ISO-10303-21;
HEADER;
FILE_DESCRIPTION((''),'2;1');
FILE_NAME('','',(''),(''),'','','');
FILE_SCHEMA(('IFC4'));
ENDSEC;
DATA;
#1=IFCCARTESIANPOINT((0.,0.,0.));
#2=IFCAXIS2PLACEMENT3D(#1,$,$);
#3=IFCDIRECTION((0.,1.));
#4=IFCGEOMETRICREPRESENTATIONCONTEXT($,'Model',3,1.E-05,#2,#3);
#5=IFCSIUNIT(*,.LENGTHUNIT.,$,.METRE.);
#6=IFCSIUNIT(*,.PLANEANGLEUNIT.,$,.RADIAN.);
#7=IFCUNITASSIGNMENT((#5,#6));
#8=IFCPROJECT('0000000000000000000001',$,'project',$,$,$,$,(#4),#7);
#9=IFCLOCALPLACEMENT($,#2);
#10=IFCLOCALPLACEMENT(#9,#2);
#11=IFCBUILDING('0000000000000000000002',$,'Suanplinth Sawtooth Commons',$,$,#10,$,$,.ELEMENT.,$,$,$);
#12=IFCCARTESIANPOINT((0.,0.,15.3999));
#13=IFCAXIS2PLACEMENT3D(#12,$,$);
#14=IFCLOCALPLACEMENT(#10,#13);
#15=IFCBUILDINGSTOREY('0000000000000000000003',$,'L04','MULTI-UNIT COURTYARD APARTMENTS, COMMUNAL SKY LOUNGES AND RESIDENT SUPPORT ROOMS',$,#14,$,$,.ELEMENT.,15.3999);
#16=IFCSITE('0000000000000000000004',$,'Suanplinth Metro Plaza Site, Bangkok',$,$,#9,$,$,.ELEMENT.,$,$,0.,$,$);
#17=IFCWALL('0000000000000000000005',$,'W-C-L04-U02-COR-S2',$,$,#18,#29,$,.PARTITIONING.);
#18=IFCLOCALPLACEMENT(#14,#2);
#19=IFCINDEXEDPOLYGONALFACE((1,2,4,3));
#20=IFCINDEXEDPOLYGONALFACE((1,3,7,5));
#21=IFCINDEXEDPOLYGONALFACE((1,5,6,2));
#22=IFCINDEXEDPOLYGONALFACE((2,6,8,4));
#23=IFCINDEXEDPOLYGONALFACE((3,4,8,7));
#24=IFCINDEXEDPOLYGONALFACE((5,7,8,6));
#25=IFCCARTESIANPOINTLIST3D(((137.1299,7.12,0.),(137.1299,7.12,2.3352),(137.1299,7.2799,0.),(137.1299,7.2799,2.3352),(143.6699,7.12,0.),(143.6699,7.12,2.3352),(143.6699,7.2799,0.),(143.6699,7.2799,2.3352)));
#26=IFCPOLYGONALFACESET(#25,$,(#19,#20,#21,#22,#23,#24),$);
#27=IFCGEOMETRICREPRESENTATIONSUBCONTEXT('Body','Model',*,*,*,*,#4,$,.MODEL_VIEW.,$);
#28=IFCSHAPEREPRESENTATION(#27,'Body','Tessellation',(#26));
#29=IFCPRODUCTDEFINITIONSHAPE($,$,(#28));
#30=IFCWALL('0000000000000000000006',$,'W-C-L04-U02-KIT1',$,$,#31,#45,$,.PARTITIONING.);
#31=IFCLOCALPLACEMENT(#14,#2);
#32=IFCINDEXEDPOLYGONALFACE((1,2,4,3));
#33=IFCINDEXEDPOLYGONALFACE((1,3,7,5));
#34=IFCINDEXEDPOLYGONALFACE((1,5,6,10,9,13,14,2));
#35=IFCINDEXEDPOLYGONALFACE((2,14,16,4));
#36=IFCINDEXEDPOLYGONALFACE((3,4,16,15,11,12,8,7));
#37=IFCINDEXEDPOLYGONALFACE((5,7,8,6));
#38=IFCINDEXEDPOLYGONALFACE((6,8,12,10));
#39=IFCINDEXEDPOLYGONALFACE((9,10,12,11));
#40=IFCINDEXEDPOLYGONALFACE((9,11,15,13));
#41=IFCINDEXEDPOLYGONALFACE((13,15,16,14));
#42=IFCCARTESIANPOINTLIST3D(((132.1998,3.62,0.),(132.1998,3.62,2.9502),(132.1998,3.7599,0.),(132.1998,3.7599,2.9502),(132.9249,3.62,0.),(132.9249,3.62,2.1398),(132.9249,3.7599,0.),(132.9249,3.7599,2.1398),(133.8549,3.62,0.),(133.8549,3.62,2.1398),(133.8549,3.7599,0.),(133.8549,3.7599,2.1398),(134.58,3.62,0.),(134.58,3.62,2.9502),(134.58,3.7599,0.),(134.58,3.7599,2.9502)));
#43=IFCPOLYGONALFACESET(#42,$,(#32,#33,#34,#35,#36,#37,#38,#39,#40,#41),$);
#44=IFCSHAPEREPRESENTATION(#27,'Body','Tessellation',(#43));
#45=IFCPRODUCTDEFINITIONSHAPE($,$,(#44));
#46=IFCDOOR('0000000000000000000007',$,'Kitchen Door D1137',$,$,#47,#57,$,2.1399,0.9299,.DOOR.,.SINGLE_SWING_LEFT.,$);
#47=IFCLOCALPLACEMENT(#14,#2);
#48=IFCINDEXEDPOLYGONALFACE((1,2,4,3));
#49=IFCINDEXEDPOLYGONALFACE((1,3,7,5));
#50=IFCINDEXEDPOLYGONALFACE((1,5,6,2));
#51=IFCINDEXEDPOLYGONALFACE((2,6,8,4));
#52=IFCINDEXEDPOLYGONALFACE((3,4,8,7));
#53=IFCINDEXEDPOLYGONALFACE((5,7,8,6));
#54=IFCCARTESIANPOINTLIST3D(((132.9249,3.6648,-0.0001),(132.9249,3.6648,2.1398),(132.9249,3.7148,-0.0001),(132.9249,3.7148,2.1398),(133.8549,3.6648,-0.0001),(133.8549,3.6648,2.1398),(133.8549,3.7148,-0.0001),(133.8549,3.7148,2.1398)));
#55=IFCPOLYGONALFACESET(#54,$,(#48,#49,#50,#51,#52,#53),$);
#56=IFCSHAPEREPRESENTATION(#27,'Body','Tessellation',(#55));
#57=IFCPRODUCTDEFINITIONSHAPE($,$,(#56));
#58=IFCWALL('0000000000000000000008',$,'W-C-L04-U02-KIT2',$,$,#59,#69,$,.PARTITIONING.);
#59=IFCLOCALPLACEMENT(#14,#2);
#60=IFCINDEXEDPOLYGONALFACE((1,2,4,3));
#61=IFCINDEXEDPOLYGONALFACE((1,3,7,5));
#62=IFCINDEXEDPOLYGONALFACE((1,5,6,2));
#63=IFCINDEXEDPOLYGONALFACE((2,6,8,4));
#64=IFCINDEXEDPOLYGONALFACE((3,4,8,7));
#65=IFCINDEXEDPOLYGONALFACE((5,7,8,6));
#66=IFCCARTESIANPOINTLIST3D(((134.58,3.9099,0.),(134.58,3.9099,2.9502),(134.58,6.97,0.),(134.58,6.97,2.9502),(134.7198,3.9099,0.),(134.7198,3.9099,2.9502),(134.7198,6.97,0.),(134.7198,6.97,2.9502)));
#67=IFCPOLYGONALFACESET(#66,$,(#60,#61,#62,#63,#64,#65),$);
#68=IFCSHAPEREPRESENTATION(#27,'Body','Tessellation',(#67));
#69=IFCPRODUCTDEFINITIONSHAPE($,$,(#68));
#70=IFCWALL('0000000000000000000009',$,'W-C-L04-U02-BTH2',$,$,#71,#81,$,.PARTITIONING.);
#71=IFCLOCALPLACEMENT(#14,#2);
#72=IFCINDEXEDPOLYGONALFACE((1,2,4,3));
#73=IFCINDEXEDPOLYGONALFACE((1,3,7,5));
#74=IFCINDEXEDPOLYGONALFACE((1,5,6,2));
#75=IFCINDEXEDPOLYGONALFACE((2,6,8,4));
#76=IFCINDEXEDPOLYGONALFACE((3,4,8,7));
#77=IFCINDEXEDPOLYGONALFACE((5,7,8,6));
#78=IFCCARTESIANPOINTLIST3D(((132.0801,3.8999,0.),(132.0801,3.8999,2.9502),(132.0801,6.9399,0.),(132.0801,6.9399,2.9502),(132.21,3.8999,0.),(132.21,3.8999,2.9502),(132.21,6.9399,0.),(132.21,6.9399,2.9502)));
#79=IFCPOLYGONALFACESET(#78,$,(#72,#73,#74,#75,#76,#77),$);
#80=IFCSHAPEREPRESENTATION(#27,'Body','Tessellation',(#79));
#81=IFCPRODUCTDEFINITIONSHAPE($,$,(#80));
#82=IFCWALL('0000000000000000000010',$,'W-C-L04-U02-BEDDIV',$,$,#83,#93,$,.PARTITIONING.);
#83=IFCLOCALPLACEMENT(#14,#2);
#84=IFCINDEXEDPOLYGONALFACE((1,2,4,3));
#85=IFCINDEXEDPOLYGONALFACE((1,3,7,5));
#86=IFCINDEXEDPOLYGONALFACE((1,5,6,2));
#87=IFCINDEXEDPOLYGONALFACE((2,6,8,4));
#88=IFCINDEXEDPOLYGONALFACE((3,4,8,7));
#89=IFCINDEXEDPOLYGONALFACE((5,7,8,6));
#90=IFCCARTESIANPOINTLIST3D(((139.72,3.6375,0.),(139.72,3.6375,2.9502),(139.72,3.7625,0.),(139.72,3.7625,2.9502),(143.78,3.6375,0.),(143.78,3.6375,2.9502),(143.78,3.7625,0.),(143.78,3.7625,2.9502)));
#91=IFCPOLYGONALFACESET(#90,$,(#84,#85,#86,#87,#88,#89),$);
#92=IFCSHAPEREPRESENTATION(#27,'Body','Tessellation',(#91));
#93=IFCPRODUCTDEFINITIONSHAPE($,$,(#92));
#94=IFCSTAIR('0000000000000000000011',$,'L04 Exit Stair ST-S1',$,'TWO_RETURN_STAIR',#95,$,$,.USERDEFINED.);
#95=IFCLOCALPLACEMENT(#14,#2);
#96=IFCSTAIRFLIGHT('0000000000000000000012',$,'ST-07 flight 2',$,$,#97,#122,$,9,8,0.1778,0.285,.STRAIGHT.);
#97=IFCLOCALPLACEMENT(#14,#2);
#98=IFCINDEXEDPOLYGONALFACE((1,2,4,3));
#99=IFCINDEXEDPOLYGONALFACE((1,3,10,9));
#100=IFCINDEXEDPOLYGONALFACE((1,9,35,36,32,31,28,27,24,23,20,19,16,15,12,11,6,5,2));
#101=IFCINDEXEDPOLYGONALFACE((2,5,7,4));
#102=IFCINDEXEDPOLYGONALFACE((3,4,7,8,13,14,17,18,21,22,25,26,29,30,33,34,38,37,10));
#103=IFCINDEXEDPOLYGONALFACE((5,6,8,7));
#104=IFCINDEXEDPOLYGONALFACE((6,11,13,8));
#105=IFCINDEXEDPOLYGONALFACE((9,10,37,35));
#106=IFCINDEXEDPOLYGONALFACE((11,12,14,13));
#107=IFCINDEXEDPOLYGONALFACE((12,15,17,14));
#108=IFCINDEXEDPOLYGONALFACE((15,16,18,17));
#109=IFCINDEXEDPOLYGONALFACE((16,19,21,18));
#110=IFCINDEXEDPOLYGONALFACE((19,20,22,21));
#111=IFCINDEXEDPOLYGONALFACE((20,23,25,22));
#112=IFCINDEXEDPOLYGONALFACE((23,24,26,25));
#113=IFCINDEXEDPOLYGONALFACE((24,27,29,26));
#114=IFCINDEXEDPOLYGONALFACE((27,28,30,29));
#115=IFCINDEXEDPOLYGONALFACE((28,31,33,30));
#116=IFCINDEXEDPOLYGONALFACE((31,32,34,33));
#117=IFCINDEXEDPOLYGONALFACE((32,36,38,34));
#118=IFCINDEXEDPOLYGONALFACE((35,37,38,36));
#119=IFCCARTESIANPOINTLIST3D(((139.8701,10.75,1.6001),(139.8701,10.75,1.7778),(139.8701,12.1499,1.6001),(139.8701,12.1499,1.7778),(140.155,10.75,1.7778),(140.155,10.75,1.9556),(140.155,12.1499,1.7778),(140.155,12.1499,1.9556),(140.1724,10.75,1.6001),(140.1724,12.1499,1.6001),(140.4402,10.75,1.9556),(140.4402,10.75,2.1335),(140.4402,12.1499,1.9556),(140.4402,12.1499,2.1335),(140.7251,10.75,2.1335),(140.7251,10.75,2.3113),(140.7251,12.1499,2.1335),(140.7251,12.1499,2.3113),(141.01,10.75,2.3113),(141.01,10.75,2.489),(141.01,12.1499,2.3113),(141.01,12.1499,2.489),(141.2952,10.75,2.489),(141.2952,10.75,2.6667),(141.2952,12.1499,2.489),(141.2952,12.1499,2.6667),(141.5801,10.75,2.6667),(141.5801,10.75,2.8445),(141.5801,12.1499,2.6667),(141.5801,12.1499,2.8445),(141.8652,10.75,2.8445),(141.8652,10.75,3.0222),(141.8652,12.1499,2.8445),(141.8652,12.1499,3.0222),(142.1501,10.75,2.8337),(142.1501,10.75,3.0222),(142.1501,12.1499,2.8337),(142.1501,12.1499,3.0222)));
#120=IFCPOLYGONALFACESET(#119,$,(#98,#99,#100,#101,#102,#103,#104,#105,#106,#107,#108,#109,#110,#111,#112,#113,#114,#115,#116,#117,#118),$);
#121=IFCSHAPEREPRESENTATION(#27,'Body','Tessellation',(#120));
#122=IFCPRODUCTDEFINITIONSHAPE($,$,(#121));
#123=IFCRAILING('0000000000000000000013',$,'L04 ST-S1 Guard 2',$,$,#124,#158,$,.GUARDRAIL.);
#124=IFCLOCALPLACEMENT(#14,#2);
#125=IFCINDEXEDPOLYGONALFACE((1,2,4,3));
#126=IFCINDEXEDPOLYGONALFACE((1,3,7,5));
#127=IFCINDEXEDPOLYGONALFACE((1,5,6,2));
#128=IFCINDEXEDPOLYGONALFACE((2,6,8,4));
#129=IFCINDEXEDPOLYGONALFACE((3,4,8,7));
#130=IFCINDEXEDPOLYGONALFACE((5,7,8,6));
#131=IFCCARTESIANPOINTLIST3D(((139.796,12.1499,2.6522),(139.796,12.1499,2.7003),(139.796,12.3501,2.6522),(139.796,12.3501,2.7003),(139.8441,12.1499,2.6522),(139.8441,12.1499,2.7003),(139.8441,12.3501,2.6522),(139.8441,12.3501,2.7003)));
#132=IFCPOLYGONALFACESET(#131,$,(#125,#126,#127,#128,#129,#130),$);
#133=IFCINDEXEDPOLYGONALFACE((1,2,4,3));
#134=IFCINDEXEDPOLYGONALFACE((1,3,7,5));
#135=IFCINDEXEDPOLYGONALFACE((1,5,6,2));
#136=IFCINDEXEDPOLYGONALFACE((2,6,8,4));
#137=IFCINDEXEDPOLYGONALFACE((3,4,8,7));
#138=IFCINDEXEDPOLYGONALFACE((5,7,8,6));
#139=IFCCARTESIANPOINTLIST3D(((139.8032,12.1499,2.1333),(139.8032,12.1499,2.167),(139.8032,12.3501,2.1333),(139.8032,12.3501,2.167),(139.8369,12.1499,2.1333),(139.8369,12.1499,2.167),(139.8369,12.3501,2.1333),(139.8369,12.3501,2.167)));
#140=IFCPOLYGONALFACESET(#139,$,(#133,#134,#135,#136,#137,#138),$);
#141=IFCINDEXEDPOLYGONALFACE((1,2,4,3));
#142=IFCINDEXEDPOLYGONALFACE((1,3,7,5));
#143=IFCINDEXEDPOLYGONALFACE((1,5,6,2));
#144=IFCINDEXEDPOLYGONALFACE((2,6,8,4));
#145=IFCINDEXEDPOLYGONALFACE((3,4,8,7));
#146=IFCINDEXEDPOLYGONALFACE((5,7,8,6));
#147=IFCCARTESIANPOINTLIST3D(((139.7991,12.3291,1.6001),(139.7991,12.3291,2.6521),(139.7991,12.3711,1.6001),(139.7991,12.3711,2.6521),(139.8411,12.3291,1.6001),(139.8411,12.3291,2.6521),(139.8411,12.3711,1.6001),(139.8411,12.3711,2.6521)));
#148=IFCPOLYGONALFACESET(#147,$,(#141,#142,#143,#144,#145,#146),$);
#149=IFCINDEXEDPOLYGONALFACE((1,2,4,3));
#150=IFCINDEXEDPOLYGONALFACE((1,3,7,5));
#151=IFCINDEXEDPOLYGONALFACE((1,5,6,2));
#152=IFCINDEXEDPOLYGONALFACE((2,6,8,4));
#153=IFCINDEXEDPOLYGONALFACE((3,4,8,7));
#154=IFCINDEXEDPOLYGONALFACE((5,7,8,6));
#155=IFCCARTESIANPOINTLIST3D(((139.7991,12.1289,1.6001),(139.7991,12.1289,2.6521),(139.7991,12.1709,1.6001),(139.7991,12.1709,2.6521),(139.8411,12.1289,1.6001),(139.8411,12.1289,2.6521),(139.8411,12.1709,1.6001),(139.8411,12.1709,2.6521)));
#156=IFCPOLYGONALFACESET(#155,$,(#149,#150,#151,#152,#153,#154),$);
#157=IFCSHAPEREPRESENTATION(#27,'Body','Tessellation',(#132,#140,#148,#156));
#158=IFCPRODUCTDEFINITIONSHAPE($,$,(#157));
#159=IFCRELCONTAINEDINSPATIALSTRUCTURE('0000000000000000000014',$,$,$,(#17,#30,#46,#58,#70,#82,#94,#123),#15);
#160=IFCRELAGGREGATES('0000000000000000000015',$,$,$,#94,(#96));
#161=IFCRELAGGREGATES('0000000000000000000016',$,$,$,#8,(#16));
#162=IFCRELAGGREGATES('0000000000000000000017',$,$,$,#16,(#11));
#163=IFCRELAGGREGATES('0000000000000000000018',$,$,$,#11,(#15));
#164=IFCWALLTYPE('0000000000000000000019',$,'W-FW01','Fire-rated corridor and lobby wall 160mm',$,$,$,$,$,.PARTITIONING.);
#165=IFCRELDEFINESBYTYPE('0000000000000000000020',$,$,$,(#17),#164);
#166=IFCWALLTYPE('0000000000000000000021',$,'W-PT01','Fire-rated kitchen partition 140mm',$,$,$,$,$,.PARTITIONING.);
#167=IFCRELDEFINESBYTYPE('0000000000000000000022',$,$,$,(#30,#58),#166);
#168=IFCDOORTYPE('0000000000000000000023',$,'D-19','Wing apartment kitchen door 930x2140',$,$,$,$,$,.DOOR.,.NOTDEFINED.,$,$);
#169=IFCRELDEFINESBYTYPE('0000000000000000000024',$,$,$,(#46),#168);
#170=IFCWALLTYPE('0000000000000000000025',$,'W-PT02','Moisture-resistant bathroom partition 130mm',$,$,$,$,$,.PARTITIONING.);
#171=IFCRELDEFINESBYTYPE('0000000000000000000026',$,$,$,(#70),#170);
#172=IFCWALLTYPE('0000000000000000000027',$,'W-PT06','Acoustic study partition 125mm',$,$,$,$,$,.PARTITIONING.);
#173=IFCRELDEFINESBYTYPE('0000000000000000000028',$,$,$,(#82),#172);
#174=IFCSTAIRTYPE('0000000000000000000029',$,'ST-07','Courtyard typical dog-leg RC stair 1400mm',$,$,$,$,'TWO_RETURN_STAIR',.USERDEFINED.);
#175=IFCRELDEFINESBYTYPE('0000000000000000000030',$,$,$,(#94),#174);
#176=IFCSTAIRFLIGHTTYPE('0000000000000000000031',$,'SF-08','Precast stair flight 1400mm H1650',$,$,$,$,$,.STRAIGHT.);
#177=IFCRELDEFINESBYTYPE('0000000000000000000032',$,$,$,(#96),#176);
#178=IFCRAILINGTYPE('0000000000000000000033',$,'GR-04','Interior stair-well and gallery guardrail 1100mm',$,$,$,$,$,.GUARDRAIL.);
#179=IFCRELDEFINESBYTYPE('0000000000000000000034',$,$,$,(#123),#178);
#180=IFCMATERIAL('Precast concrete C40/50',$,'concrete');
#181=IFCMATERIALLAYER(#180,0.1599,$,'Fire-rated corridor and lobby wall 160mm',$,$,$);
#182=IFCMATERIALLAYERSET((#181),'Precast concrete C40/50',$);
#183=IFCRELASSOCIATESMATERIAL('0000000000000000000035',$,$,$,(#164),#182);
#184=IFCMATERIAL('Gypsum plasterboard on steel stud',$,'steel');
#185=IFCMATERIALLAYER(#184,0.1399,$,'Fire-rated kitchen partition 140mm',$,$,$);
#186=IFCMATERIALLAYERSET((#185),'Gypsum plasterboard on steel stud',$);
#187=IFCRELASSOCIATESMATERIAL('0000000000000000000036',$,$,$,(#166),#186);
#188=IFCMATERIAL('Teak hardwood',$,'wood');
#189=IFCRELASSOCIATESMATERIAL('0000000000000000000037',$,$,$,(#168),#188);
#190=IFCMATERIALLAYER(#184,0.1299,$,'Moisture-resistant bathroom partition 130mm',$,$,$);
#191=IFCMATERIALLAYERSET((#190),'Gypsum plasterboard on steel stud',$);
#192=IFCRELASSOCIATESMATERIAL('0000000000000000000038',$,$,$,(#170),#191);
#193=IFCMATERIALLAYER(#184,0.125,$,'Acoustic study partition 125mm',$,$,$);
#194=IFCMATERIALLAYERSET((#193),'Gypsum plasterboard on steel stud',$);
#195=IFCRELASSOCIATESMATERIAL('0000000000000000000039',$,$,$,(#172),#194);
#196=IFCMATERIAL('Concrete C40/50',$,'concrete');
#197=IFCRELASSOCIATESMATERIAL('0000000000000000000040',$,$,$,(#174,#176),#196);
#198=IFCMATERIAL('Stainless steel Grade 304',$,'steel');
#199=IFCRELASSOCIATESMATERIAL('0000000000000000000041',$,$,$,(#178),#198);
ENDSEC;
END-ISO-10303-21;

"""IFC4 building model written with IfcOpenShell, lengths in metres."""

from ifc_helpers import new_model, si_unit, direction, frame, frame_2d, origin, origin_2d, place, context, subcontext, project, spatial, polyline, rectangle, outline, extrude, material, layer, layer_set, type_object, element, fill, aggregate, save


model = new_model("IFC4")

# Units and contexts
model_context = context("Model", 3, precision=1e-05, world=origin(), true_north=direction((0.0, 1.0)))
body_context = subcontext(model_context, "Body", "Model", "MODEL_VIEW")
ifc_project = project(units=[si_unit("LENGTHUNIT", "METRE"), si_unit("PLANEANGLEUNIT", "RADIAN")], contexts=[model_context])

# Site, building, storey
site_placement = place(None, origin())
site = spatial("IfcSite", under=ifc_project, at=site_placement, Name="Suanplinth Metro Plaza Site, Bangkok", CompositionType="ELEMENT", RefElevation=0.0)
building_placement = place(site_placement, origin())
building = spatial("IfcBuilding", under=site, at=building_placement, Name="Suanplinth Sawtooth Commons", CompositionType="ELEMENT")
storey_placement = place(building_placement, frame((0.0, 0.0, 15.3999)))
storey = spatial("IfcBuildingStorey", under=building, at=storey_placement, Name="L04", Description="MULTI-UNIT COURTYARD APARTMENTS, COMMUNAL SKY LOUNGES AND RESIDENT SUPPORT ROOMS", CompositionType="ELEMENT", Elevation=15.3999)

# Shared definitions
ifc_material_1 = material(Name="Precast concrete C40/50", Category="concrete")

# Shared definitions
ifc_material_2 = material(Name="Concrete C40/50", Category="concrete")

# Wall
ifc_layer_1 = layer(ifc_material_1, 0.1599, Name="Fire-rated corridor and lobby wall 160mm")
ifc_layer_set_1 = layer_set([ifc_layer_1], Name="Precast concrete C40/50")
wall_type_1 = type_object("IfcWallType", Name="W-FW01", Description="Fire-rated corridor and lobby wall 160mm", PredefinedType="PARTITIONING", material=ifc_layer_set_1)
wall_1_placement = place(storey_placement, frame((137.1299, 7.2, 0.0), z_axis=(0.0, 0.0, 1.0), x_axis=(1.0, 0.0, 0.0)))
element("IfcWall", 1, at=wall_1_placement, inside=storey, type_object=wall_type_1, Name="W-C-L04-U02-COR-S2", PredefinedType="PARTITIONING", context=body_context, shape_type="SweptSolid", body=[
    extrude(rectangle(XDim=6.54, YDim=0.1599, at=frame_2d((3.27, 0.0))), origin(), (0.0, 0.0, 1.0), 2.3352),
])

# Wall, opening, door
ifc_material_3 = material(Name="Gypsum plasterboard on steel stud", Category="steel")
ifc_layer_2 = layer(ifc_material_3, 0.1399, Name="Fire-rated kitchen partition 140mm")
ifc_layer_set_2 = layer_set([ifc_layer_2], Name="Gypsum plasterboard on steel stud")
wall_type_2 = type_object("IfcWallType", Name="W-PT01", Description="Fire-rated kitchen partition 140mm", PredefinedType="PARTITIONING", material=ifc_layer_set_2)
wall_2_placement = place(storey_placement, frame((132.2, 3.6899, 0.0), z_axis=(0.0, 0.0, 1.0), x_axis=(1.0, 0.0, 0.0)))
wall_2 = element("IfcWall", 2, at=wall_2_placement, inside=storey, type_object=wall_type_2, Name="W-C-L04-U02-KIT1", PredefinedType="PARTITIONING", context=body_context, shape_type="SweptSolid", body=[
    extrude(rectangle(XDim=2.3801, YDim=0.1399, at=frame_2d((1.1899, 0.0))), origin(), (0.0, 0.0, 1.0), 2.9502),
])
opening_1_placement = place(wall_2_placement, frame((0.7251, 0.0, 0.0)))
opening_1 = element("IfcOpeningElement", 3, at=opening_1_placement, cuts=wall_2, PredefinedType="OPENING", context=body_context, shape_type="SweptSolid", body=[
    extrude(rectangle(XDim=0.9299, YDim=2.1399, at=frame_2d((0.4648, 1.0698))), frame((0.0, 0.085, 0.0), z_axis=(0.0, -1.0, 0.0), x_axis=(1.0, 0.0, 0.0)), (0.0, 0.0, 1.0), 0.1697),
])
ifc_material_4 = material(Name="Teak hardwood", Category="wood")
door_type_1 = type_object("IfcDoorType", Name="D-19", Description="Wing apartment kitchen door 930x2140", OperationType="NOTDEFINED", PredefinedType="DOOR", material=ifc_material_4)
door_1_placement = place(opening_1_placement, origin())
door_1 = element("IfcDoor", 4, at=door_1_placement, inside=storey, type_object=door_type_1, Name="Kitchen Door D1137", OperationType="SINGLE_SWING_LEFT", OverallHeight=2.1399, OverallWidth=0.9299, PredefinedType="DOOR", context=body_context, shape_type="SweptSolid", body=[
    extrude(rectangle(XDim=0.9299, YDim=2.1399, at=frame_2d((0.4648, 1.0698))), frame((0.0, 0.0249, 0.0), z_axis=(0.0, -1.0, 0.0), x_axis=(1.0, 0.0, 0.0)), (0.0, 0.0, 1.0), 0.05),
])
fill(opening_1, door_1)

# Walls
wall_3_placement = place(storey_placement, frame((134.6499, 3.9099, 0.0), z_axis=(0.0, 0.0, 1.0), x_axis=(0.0, 1.0, 0.0)))
element("IfcWall", 5, at=wall_3_placement, inside=storey, type_object=wall_type_2, Name="W-C-L04-U02-KIT2", PredefinedType="PARTITIONING", context=body_context, shape_type="SweptSolid", body=[
    extrude(rectangle(XDim=3.0601, YDim=0.1399, at=frame_2d((1.53, 0.0))), origin(), (0.0, 0.0, 1.0), 2.9502),
])
ifc_layer_3 = layer(ifc_material_3, 0.1299, Name="Moisture-resistant bathroom partition 130mm")
ifc_layer_set_3 = layer_set([ifc_layer_3], Name="Gypsum plasterboard on steel stud")
wall_type_3 = type_object("IfcWallType", Name="W-PT02", Description="Moisture-resistant bathroom partition 130mm", PredefinedType="PARTITIONING", material=ifc_layer_set_3)
wall_4_placement = place(storey_placement, frame((132.145, 3.8999, 0.0), z_axis=(0.0, 0.0, 1.0), x_axis=(0.0, 1.0, 0.0)))
element("IfcWall", 6, at=wall_4_placement, inside=storey, type_object=wall_type_3, Name="W-C-L04-U02-BTH2", PredefinedType="PARTITIONING", context=body_context, shape_type="SweptSolid", body=[
    extrude(rectangle(XDim=3.04, YDim=0.1299, at=frame_2d((1.52, 0.0))), origin(), (0.0, 0.0, 1.0), 2.9502),
])

# Wall
ifc_layer_4 = layer(ifc_material_3, 0.125, Name="Acoustic study partition 125mm")
ifc_layer_set_4 = layer_set([ifc_layer_4], Name="Gypsum plasterboard on steel stud")
wall_type_4 = type_object("IfcWallType", Name="W-PT06", Description="Acoustic study partition 125mm", PredefinedType="PARTITIONING", material=ifc_layer_set_4)
wall_5_placement = place(storey_placement, frame((139.72, 3.7, 0.0), z_axis=(0.0, 0.0, 1.0), x_axis=(1.0, 0.0, 0.0)))
element("IfcWall", 7, at=wall_5_placement, inside=storey, type_object=wall_type_4, Name="W-C-L04-U02-BEDDIV", PredefinedType="PARTITIONING", context=body_context, shape_type="SweptSolid", body=[
    extrude(rectangle(XDim=4.0601, YDim=0.125, at=frame_2d((2.03, 0.0))), origin(), (0.0, 0.0, 1.0), 2.9502),
])

# Shared definitions
ifc_material_5 = material(Name="Stainless steel Grade 304", Category="steel")

# Stair, stair flight
stair_type = type_object("IfcStairType", Name="ST-07", Description="Courtyard typical dog-leg RC stair 1400mm", ElementType="TWO_RETURN_STAIR", PredefinedType="USERDEFINED", material=ifc_material_2)
stair_placement = place(storey_placement, origin())
stair = element("IfcStair", 8, at=stair_placement, inside=storey, type_object=stair_type, Name="L04 Exit Stair ST-S1", ObjectType="TWO_RETURN_STAIR", PredefinedType="USERDEFINED")
stair_flight_type = type_object("IfcStairFlightType", Name="SF-08", Description="Precast stair flight 1400mm H1650", PredefinedType="STRAIGHT", material=ifc_material_2)
stair_flight_placement = place(storey_placement, frame((139.8701, 11.45, 1.6001), z_axis=(0.0, 0.0, 1.0), x_axis=(1.0, 0.0, 0.0)))
stair_flight = element("IfcStairFlight", 9, at=stair_flight_placement, type_object=stair_flight_type, Name="ST-07 flight 2", NumberOfRisers=9, NumberOfTreads=8, PredefinedType="STRAIGHT", RiserHeight=0.1778, TreadLength=0.285, context=body_context, shape_type="SweptSolid", body=[
    extrude(outline(polyline([(0.0, 0.0), (0.0, 0.1777), (0.2849, 0.1777), (0.2849, 0.3555), (0.5701, 0.3555), (0.5701, 0.5334), (0.855, 0.5334), (0.855, 0.7112), (1.1399, 0.7112), (1.1399, 0.8889), (1.425, 0.8889), (1.425, 1.0667), (1.71, 1.0667), (1.71, 1.2444), (1.9951, 1.2444), (1.9951, 1.4221), (2.28, 1.4221), (2.28, 1.6001), (2.28, 1.2336), (0.3022, 0.0), (0.0, 0.0)])), frame((0.0, 0.7, 0.0), z_axis=(0.0, -1.0, 0.0), x_axis=(1.0, 0.0, 0.0)), (0.0, 0.0, 1.0), 1.3999),
])
aggregate(stair, [stair_flight])

# Railing
railing_type_1 = type_object("IfcRailingType", Name="GR-04", Description="Interior stair-well and gallery guardrail 1100mm", PredefinedType="GUARDRAIL", material=ifc_material_5)
railing_1_placement = place(storey_placement, frame((139.8201, 12.3501, 1.6001)))
element("IfcRailing", 10, at=railing_1_placement, inside=storey, type_object=railing_type_1, Name="L04 ST-S1 Guard 2", PredefinedType="GUARDRAIL", context=body_context, shape_type="SweptSolid", body=[
    extrude(rectangle(XDim=0.0481, YDim=0.0481, at=origin_2d()), frame((0.0, 0.0, 1.0762), z_axis=(0.0, -1.0, 0.0), x_axis=(1.0, 0.0, 0.0)), (0.0, 0.0, 1.0), 0.2002),
    extrude(rectangle(XDim=0.0337, YDim=0.0337, at=origin_2d()), frame((0.0, 0.0, 0.55), z_axis=(0.0, -1.0, 0.0), x_axis=(1.0, 0.0, 0.0)), (0.0, 0.0, 1.0), 0.2002),
    extrude(rectangle(XDim=0.042, YDim=0.042, at=origin_2d()), origin(), (0.0, 0.0, 1.0), 1.052),
    extrude(rectangle(XDim=0.042, YDim=0.042, at=origin_2d()), frame((0.0, -0.2002, 0.0)), (0.0, 0.0, 1.0), 1.052),
])

save(model, "model.ifc")
